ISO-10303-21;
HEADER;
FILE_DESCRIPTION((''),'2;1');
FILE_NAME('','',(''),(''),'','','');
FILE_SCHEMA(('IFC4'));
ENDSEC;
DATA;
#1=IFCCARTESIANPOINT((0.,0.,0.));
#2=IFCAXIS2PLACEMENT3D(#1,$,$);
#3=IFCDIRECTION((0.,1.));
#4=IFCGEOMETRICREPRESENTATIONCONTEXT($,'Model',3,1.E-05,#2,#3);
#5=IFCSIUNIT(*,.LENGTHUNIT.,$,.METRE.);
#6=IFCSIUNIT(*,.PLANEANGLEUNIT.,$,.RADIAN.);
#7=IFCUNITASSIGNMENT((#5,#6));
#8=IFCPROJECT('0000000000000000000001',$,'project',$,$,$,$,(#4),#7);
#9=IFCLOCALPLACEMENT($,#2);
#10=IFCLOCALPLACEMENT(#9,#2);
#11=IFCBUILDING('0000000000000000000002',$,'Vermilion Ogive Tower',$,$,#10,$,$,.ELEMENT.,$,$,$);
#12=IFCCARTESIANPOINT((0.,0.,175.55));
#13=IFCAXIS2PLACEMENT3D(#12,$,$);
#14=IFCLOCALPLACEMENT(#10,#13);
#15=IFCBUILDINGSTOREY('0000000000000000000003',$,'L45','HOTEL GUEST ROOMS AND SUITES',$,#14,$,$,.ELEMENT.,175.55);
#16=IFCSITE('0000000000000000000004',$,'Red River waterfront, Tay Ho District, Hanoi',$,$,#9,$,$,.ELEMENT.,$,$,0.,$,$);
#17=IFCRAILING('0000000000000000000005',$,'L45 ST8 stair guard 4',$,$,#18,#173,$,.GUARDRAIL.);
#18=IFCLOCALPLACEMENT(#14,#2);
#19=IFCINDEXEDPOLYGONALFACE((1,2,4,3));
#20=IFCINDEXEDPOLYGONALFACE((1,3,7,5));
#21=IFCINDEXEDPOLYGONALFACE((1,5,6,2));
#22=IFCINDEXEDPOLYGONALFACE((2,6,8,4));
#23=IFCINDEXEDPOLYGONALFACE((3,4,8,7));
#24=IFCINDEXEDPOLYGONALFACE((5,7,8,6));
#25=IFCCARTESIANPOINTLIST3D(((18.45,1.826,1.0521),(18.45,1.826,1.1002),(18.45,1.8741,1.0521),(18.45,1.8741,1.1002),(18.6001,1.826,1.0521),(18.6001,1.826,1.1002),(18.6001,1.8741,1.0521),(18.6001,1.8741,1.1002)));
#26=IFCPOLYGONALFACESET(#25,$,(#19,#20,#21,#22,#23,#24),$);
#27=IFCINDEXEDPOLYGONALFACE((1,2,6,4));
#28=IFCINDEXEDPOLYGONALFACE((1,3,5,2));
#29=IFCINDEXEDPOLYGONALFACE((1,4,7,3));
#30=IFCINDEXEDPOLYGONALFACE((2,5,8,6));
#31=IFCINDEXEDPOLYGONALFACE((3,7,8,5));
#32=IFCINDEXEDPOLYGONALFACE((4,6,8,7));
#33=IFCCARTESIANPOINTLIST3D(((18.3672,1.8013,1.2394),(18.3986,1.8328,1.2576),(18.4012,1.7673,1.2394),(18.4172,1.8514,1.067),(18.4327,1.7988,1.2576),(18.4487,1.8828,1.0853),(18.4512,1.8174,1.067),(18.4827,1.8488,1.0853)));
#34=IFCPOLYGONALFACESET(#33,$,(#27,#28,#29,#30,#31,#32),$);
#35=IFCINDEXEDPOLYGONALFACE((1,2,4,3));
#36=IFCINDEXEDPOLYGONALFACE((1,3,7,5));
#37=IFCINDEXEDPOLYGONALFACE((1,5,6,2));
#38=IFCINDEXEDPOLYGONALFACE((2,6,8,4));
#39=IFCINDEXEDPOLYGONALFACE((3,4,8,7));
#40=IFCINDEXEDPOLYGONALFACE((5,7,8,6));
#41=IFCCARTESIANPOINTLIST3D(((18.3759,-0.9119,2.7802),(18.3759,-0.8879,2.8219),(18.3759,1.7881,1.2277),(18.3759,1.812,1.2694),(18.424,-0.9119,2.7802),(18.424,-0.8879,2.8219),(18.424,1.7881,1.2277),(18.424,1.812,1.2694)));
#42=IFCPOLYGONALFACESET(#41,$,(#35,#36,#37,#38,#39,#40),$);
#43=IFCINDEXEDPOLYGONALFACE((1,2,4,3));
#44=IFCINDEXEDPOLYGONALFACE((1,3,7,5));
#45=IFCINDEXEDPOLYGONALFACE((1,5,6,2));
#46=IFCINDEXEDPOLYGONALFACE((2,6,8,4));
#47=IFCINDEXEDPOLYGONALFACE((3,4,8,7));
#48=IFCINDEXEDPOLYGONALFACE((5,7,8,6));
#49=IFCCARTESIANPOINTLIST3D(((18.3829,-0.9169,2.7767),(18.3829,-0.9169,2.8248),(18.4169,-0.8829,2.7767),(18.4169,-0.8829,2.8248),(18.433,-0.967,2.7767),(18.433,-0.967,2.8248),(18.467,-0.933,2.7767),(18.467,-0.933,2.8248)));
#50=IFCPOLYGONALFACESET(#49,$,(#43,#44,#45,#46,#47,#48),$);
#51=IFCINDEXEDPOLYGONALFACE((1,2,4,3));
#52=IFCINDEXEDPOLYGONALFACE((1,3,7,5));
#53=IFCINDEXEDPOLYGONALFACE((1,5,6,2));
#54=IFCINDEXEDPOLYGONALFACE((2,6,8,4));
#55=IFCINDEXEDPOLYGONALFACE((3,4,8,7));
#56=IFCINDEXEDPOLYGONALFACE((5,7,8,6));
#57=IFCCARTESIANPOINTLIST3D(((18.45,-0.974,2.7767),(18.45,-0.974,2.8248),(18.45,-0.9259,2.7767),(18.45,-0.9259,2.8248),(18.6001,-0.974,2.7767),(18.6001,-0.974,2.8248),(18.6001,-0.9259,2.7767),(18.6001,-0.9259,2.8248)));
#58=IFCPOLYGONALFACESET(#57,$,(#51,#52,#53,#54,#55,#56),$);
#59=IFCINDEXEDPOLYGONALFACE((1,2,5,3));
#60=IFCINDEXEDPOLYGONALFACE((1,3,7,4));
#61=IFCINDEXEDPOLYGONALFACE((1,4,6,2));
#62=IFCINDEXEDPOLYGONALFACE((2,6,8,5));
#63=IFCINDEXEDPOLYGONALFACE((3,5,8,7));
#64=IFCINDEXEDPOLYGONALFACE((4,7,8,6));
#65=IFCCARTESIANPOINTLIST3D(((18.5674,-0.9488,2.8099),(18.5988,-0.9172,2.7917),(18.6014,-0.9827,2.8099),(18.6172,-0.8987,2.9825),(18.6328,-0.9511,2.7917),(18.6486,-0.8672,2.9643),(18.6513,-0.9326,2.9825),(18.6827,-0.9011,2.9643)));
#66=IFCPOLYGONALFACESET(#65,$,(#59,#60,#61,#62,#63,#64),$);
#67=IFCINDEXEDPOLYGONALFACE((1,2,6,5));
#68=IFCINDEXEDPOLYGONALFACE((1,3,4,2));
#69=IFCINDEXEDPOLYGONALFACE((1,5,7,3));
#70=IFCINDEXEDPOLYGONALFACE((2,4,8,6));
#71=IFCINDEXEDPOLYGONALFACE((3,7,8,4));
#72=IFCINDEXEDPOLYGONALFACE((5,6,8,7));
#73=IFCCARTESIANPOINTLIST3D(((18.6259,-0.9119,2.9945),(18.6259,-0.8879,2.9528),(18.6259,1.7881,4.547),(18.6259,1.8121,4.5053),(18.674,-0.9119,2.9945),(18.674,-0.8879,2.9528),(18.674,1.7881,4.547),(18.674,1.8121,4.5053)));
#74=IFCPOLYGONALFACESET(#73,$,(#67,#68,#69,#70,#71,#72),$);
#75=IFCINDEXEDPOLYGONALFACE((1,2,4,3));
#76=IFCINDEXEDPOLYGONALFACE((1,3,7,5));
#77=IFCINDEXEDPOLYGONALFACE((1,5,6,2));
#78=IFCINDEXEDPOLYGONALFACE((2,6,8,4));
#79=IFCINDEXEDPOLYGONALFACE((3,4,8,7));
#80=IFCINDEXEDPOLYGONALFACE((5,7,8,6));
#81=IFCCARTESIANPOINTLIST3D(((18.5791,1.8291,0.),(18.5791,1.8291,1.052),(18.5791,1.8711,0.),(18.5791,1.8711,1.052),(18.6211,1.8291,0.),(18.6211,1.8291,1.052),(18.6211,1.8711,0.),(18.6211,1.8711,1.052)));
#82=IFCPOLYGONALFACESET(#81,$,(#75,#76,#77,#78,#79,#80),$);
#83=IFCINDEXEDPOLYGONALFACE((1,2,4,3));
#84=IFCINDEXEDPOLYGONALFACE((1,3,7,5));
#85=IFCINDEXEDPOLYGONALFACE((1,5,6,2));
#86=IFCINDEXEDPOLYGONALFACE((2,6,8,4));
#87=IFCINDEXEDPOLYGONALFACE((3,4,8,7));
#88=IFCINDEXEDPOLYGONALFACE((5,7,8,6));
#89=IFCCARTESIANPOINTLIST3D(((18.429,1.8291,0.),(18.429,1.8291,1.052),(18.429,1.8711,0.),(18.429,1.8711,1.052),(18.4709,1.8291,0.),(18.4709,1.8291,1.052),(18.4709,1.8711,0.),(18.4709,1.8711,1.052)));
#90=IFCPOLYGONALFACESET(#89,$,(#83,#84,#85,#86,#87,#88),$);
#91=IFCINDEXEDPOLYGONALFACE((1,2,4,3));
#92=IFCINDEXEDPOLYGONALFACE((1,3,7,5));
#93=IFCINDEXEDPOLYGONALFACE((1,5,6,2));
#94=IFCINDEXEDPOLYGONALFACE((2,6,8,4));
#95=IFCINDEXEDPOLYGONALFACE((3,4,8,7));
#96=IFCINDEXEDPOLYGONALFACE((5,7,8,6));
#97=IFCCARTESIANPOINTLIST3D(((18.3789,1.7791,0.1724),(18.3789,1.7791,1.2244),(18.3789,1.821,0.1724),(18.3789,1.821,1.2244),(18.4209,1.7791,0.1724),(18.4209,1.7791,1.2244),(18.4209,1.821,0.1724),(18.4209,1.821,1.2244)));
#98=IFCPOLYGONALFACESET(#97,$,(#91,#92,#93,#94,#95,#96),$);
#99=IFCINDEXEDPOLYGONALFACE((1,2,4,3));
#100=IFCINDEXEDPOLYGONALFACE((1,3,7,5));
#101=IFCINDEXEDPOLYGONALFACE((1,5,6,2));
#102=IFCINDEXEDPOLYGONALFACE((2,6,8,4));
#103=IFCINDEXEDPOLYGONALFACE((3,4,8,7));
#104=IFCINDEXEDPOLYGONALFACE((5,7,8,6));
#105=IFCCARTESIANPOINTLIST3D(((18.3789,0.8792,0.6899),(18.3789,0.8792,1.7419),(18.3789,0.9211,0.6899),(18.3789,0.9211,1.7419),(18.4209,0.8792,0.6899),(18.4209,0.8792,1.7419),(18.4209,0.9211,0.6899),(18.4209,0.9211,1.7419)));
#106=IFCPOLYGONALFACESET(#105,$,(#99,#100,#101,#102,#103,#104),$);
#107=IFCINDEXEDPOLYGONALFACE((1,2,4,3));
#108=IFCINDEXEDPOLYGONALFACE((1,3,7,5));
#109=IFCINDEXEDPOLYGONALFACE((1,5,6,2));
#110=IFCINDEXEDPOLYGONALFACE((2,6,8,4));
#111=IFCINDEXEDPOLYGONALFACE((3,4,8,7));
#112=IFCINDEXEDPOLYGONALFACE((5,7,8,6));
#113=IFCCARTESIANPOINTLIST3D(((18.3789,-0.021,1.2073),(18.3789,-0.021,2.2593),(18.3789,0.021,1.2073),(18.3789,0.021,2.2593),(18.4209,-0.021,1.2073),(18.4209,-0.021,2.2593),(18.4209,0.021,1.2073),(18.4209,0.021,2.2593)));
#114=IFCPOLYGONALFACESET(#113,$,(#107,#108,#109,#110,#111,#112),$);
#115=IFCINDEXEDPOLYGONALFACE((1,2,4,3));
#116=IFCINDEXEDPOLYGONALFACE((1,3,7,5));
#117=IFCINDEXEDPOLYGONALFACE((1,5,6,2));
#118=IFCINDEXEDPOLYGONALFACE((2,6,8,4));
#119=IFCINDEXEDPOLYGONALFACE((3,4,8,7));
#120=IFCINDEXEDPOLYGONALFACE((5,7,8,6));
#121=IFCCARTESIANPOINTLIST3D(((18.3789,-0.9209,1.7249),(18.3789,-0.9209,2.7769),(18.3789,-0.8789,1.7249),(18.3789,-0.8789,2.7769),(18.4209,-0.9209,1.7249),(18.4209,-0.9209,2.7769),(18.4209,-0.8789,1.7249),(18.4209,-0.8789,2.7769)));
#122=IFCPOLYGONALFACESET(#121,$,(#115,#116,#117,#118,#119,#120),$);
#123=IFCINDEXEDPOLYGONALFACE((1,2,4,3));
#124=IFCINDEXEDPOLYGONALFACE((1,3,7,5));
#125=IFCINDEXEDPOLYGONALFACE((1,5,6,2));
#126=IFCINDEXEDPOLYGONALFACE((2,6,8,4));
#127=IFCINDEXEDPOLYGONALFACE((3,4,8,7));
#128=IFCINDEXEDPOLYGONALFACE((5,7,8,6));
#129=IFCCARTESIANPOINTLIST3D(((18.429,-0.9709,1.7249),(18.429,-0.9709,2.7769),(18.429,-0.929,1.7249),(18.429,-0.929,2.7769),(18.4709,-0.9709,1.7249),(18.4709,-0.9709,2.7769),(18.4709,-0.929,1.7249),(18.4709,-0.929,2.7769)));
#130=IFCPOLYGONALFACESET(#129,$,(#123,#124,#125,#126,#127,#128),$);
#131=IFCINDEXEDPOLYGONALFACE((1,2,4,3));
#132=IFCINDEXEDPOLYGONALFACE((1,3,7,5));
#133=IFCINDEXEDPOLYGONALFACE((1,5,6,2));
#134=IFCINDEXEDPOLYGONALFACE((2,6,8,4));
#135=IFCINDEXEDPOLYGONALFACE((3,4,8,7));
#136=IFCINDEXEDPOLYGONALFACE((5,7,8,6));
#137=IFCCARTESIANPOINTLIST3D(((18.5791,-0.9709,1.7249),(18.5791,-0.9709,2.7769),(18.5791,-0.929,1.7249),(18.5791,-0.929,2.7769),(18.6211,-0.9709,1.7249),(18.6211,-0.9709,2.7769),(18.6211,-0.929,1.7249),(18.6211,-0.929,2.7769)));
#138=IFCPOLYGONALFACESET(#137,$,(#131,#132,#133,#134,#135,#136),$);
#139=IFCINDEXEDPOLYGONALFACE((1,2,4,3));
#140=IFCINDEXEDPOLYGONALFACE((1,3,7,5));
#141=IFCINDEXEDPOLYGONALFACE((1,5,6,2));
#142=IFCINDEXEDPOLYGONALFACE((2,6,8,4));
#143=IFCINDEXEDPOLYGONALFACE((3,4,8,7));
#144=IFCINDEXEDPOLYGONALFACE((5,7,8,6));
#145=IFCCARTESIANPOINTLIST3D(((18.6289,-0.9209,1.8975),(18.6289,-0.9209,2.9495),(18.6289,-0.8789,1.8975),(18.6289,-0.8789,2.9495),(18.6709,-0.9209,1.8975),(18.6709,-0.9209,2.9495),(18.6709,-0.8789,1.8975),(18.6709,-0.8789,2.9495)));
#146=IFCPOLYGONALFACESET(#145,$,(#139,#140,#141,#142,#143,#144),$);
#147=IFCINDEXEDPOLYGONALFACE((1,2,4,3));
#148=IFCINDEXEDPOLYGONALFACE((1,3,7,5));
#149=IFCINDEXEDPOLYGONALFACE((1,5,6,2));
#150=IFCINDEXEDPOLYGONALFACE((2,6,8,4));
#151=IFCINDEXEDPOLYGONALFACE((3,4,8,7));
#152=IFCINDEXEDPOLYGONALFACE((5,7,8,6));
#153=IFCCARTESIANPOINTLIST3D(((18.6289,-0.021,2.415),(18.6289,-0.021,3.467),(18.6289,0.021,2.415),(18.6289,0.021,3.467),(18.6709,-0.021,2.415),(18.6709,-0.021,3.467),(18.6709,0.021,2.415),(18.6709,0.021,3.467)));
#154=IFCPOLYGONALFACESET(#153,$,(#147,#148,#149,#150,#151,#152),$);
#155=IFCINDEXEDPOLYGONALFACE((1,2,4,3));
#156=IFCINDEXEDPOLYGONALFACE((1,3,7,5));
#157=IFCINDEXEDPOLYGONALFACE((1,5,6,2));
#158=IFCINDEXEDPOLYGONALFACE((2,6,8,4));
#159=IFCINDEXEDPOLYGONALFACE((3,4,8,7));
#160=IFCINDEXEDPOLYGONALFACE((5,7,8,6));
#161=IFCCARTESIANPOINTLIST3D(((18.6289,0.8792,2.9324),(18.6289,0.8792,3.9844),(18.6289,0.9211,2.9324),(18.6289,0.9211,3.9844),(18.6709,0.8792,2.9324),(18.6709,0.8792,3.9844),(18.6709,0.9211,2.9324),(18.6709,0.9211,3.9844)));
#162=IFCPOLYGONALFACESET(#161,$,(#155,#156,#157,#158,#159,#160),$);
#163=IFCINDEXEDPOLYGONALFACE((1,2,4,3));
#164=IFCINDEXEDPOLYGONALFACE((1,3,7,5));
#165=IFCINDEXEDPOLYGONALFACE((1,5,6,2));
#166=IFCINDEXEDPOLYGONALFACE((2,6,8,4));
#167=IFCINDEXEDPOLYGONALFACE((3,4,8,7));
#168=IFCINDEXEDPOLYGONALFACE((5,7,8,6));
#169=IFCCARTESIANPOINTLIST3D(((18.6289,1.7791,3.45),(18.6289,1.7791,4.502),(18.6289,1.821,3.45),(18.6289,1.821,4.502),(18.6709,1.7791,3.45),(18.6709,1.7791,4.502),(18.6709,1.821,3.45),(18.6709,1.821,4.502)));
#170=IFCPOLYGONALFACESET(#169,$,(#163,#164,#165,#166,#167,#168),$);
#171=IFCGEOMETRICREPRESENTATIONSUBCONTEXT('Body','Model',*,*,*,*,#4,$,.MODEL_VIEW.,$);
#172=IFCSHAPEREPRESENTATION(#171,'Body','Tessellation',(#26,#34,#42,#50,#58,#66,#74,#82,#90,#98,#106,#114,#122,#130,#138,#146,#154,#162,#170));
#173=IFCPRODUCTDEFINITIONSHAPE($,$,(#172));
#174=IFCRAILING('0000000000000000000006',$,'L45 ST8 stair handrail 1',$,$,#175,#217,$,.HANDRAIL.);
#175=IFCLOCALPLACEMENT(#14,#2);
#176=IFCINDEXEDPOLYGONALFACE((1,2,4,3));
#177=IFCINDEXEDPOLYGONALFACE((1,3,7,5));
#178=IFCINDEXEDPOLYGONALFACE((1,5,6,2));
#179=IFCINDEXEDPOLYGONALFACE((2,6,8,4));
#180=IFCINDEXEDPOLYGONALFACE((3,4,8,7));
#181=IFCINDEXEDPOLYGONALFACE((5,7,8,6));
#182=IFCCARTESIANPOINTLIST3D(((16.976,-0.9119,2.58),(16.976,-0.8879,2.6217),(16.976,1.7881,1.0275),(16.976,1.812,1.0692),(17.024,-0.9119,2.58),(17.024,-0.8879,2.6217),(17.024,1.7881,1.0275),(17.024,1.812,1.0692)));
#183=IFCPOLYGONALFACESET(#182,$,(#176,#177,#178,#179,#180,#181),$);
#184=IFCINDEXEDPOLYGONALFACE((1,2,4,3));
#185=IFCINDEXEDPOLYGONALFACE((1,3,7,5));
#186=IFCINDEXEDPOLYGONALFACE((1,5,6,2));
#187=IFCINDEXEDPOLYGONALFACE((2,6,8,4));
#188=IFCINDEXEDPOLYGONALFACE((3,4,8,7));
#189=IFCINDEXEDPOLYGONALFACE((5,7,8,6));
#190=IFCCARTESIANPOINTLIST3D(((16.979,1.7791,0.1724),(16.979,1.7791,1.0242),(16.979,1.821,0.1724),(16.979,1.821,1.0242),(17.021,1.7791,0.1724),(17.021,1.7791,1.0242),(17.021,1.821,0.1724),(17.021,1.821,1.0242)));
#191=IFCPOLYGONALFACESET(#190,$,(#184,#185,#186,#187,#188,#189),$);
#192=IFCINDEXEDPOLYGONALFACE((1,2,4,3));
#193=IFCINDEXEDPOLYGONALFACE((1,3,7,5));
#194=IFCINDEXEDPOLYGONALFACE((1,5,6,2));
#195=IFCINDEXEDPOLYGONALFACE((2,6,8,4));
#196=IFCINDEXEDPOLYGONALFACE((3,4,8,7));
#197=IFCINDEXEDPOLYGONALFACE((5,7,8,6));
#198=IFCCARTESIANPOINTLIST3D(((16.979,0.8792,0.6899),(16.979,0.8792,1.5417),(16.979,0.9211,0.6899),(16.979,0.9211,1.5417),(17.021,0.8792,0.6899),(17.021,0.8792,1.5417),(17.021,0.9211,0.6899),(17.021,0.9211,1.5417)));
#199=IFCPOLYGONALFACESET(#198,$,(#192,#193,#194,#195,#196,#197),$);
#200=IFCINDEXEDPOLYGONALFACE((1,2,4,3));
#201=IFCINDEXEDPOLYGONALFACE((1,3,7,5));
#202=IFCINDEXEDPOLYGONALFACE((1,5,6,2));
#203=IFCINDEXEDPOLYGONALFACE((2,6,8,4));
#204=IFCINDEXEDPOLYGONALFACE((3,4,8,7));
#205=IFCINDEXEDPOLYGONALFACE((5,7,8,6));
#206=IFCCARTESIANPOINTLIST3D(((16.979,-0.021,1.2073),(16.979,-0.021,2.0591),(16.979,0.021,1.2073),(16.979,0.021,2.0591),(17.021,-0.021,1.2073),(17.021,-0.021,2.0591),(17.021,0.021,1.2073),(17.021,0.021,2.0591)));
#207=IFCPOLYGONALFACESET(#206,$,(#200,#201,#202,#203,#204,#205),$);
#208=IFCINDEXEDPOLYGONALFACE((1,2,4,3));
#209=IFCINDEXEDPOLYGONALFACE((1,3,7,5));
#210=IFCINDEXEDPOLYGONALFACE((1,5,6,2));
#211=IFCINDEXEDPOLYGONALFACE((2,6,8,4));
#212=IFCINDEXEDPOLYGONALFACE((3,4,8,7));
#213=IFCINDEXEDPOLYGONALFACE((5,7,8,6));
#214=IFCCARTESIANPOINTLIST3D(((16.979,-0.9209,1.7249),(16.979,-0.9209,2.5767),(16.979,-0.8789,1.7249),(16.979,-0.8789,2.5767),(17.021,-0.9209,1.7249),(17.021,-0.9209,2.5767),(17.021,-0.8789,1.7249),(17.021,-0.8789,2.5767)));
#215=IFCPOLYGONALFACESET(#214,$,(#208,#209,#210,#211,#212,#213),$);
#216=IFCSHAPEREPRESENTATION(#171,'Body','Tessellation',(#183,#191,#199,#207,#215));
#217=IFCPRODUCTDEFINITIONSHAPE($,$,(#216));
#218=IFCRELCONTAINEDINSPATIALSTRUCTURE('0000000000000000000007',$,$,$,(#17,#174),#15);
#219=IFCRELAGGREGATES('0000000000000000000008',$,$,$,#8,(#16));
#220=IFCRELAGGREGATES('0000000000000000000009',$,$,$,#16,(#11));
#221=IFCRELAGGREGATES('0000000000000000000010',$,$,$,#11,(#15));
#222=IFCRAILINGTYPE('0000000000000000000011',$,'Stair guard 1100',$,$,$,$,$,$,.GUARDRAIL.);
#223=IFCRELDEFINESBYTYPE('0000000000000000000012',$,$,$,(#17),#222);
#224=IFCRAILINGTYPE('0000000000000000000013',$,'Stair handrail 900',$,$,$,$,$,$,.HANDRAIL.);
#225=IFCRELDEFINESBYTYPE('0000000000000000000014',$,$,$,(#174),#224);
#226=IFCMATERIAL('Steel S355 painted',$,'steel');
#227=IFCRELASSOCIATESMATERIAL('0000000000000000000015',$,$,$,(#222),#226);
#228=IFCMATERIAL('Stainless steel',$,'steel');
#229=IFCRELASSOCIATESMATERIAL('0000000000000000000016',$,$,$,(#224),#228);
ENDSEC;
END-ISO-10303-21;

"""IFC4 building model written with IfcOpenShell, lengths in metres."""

from ifc_helpers import new_model, si_unit, direction, frame, origin, origin_2d, place, context, subcontext, project, spatial, rectangle, extrude, material, type_object, element, save


model = new_model("IFC4")

# Units and contexts
model_context = context("Model", 3, precision=1e-05, world=origin(), true_north=direction((0.0, 1.0)))
body_context = subcontext(model_context, "Body", "Model", "MODEL_VIEW")
ifc_project = project(units=[si_unit("LENGTHUNIT", "METRE"), si_unit("PLANEANGLEUNIT", "RADIAN")], contexts=[model_context])

# Site, building, storey
site_placement = place(None, origin())
site = spatial("IfcSite", under=ifc_project, at=site_placement, Name="Red River waterfront, Tay Ho District, Hanoi", CompositionType="ELEMENT", RefElevation=0.0)
building_placement = place(site_placement, origin())
building = spatial("IfcBuilding", under=site, at=building_placement, Name="Vermilion Ogive Tower", CompositionType="ELEMENT")
storey_placement = place(building_placement, frame((0.0, 0.0, 175.55)))
storey = spatial("IfcBuildingStorey", under=building, at=storey_placement, Name="L45", Description="HOTEL GUEST ROOMS AND SUITES", CompositionType="ELEMENT", Elevation=175.55)

# Railings
ifc_material_1 = material(Name="Steel S355 painted", Category="steel")
railing_type_1 = type_object("IfcRailingType", Name="Stair guard 1100", PredefinedType="GUARDRAIL", material=ifc_material_1)
railing_1_placement = place(storey_placement, frame((18.6001, 1.8501, 0.0)))
element("IfcRailing", 1, at=railing_1_placement, inside=storey, type_object=railing_type_1, Name="L45 ST8 stair guard 4", PredefinedType="GUARDRAIL", context=body_context, shape_type="SweptSolid", body=[
    extrude(rectangle(XDim=0.0481, YDim=0.0481, at=origin_2d()), frame((0.0, 0.0, 1.0762), z_axis=(-1.0, 0.0, 0.0), x_axis=(0.0, -1.0, 0.0)), (0.0, 0.0, 1.0), 0.1501),
    extrude(rectangle(XDim=0.0481, YDim=0.0481, at=origin_2d()), frame((-0.1501, 0.0, 1.0762), z_axis=(-0.268603, -0.268603, 0.925043), x_axis=(0.707107, -0.707107, 0.0)), (0.0, 0.0, 1.0), 0.1863),
    extrude(rectangle(XDim=0.0481, YDim=0.0481, at=origin_2d()), frame((-0.2002, -0.05, 1.2485), z_axis=(0.0, -0.866904, 0.498476), x_axis=(1.0, 0.0, 0.0)), (0.0, 0.0, 1.0), 3.1145),
    extrude(rectangle(XDim=0.0481, YDim=0.0481, at=origin_2d()), frame((-0.2002, -2.75, 2.8008), z_axis=(0.707107, -0.707107, 0.0), x_axis=(0.707107, 0.707107, 0.0)), (0.0, 0.0, 1.0), 0.0708),
    extrude(rectangle(XDim=0.0481, YDim=0.0481, at=origin_2d()), frame((-0.1501, -2.8, 2.8008), z_axis=(1.0, 0.0, 0.0), x_axis=(0.0, 1.0, 0.0)), (0.0, 0.0, 1.0), 0.1501),
    extrude(rectangle(XDim=0.0481, YDim=0.0481, at=origin_2d()), frame((0.0, -2.8, 2.8008), z_axis=(0.267063, 0.268372, 0.925556), x_axis=(-0.708834, 0.705376, 0.0)), (0.0, 0.0, 1.0), 0.1865),
    extrude(rectangle(XDim=0.0481, YDim=0.0481, at=origin_2d()), frame((0.0498, -2.75, 2.9736), z_axis=(0.0, 0.866904, 0.498476), x_axis=(-1.0, 0.0, 0.0)), (0.0, 0.0, 1.0), 3.1145),
    extrude(rectangle(XDim=0.042, YDim=0.042, at=origin_2d()), origin(), (0.0, 0.0, 1.0), 1.052),
    extrude(rectangle(XDim=0.042, YDim=0.042, at=origin_2d()), frame((-0.1501, 0.0, 0.0)), (0.0, 0.0, 1.0), 1.052),
    extrude(rectangle(XDim=0.042, YDim=0.042, at=origin_2d()), frame((-0.2002, -0.05, 0.1724)), (0.0, 0.0, 1.0), 1.052),
    extrude(rectangle(XDim=0.042, YDim=0.042, at=origin_2d()), frame((-0.2002, -0.95, 0.6899)), (0.0, 0.0, 1.0), 1.052),
    extrude(rectangle(XDim=0.042, YDim=0.042, at=origin_2d()), frame((-0.2002, -1.8501, 1.2073)), (0.0, 0.0, 1.0), 1.052),
    extrude(rectangle(XDim=0.042, YDim=0.042, at=origin_2d()), frame((-0.2002, -2.75, 1.7249)), (0.0, 0.0, 1.0), 1.052),
    extrude(rectangle(XDim=0.042, YDim=0.042, at=origin_2d()), frame((-0.1501, -2.8, 1.7249)), (0.0, 0.0, 1.0), 1.052),
    extrude(rectangle(XDim=0.042, YDim=0.042, at=origin_2d()), frame((0.0, -2.8, 1.7249)), (0.0, 0.0, 1.0), 1.052),
    extrude(rectangle(XDim=0.042, YDim=0.042, at=origin_2d()), frame((0.0498, -2.75, 1.8975)), (0.0, 0.0, 1.0), 1.052),
    extrude(rectangle(XDim=0.042, YDim=0.042, at=origin_2d()), frame((0.0498, -1.8501, 2.415)), (0.0, 0.0, 1.0), 1.052),
    extrude(rectangle(XDim=0.042, YDim=0.042, at=origin_2d()), frame((0.0498, -0.95, 2.9324)), (0.0, 0.0, 1.0), 1.052),
    extrude(rectangle(XDim=0.042, YDim=0.042, at=origin_2d()), frame((0.0498, -0.05, 3.45)), (0.0, 0.0, 1.0), 1.052),
])
ifc_material_2 = material(Name="Stainless steel", Category="steel")
railing_type_2 = type_object("IfcRailingType", Name="Stair handrail 900", PredefinedType="HANDRAIL", material=ifc_material_2)
railing_2_placement = place(storey_placement, frame((17.0, 1.8, 0.1724)))
element("IfcRailing", 2, at=railing_2_placement, inside=storey, type_object=railing_type_2, Name="L45 ST8 stair handrail 1", PredefinedType="HANDRAIL", context=body_context, shape_type="SweptSolid", body=[
    extrude(rectangle(XDim=0.0481, YDim=0.0481, at=origin_2d()), frame((0.0, 0.0, 0.876), z_axis=(0.0, -0.866904, 0.498476), x_axis=(1.0, 0.0, 0.0)), (0.0, 0.0, 1.0), 3.1145),
    extrude(rectangle(XDim=0.042, YDim=0.042, at=origin_2d()), origin(), (0.0, 0.0, 1.0), 0.8518),
    extrude(rectangle(XDim=0.042, YDim=0.042, at=origin_2d()), frame((0.0, -0.8999, 0.5176)), (0.0, 0.0, 1.0), 0.8518),
    extrude(rectangle(XDim=0.042, YDim=0.042, at=origin_2d()), frame((0.0, -1.8, 1.0349)), (0.0, 0.0, 1.0), 0.8518),
    extrude(rectangle(XDim=0.042, YDim=0.042, at=origin_2d()), frame((0.0, -2.7, 1.5525)), (0.0, 0.0, 1.0), 0.8518),
])

save(model, "model.ifc")
